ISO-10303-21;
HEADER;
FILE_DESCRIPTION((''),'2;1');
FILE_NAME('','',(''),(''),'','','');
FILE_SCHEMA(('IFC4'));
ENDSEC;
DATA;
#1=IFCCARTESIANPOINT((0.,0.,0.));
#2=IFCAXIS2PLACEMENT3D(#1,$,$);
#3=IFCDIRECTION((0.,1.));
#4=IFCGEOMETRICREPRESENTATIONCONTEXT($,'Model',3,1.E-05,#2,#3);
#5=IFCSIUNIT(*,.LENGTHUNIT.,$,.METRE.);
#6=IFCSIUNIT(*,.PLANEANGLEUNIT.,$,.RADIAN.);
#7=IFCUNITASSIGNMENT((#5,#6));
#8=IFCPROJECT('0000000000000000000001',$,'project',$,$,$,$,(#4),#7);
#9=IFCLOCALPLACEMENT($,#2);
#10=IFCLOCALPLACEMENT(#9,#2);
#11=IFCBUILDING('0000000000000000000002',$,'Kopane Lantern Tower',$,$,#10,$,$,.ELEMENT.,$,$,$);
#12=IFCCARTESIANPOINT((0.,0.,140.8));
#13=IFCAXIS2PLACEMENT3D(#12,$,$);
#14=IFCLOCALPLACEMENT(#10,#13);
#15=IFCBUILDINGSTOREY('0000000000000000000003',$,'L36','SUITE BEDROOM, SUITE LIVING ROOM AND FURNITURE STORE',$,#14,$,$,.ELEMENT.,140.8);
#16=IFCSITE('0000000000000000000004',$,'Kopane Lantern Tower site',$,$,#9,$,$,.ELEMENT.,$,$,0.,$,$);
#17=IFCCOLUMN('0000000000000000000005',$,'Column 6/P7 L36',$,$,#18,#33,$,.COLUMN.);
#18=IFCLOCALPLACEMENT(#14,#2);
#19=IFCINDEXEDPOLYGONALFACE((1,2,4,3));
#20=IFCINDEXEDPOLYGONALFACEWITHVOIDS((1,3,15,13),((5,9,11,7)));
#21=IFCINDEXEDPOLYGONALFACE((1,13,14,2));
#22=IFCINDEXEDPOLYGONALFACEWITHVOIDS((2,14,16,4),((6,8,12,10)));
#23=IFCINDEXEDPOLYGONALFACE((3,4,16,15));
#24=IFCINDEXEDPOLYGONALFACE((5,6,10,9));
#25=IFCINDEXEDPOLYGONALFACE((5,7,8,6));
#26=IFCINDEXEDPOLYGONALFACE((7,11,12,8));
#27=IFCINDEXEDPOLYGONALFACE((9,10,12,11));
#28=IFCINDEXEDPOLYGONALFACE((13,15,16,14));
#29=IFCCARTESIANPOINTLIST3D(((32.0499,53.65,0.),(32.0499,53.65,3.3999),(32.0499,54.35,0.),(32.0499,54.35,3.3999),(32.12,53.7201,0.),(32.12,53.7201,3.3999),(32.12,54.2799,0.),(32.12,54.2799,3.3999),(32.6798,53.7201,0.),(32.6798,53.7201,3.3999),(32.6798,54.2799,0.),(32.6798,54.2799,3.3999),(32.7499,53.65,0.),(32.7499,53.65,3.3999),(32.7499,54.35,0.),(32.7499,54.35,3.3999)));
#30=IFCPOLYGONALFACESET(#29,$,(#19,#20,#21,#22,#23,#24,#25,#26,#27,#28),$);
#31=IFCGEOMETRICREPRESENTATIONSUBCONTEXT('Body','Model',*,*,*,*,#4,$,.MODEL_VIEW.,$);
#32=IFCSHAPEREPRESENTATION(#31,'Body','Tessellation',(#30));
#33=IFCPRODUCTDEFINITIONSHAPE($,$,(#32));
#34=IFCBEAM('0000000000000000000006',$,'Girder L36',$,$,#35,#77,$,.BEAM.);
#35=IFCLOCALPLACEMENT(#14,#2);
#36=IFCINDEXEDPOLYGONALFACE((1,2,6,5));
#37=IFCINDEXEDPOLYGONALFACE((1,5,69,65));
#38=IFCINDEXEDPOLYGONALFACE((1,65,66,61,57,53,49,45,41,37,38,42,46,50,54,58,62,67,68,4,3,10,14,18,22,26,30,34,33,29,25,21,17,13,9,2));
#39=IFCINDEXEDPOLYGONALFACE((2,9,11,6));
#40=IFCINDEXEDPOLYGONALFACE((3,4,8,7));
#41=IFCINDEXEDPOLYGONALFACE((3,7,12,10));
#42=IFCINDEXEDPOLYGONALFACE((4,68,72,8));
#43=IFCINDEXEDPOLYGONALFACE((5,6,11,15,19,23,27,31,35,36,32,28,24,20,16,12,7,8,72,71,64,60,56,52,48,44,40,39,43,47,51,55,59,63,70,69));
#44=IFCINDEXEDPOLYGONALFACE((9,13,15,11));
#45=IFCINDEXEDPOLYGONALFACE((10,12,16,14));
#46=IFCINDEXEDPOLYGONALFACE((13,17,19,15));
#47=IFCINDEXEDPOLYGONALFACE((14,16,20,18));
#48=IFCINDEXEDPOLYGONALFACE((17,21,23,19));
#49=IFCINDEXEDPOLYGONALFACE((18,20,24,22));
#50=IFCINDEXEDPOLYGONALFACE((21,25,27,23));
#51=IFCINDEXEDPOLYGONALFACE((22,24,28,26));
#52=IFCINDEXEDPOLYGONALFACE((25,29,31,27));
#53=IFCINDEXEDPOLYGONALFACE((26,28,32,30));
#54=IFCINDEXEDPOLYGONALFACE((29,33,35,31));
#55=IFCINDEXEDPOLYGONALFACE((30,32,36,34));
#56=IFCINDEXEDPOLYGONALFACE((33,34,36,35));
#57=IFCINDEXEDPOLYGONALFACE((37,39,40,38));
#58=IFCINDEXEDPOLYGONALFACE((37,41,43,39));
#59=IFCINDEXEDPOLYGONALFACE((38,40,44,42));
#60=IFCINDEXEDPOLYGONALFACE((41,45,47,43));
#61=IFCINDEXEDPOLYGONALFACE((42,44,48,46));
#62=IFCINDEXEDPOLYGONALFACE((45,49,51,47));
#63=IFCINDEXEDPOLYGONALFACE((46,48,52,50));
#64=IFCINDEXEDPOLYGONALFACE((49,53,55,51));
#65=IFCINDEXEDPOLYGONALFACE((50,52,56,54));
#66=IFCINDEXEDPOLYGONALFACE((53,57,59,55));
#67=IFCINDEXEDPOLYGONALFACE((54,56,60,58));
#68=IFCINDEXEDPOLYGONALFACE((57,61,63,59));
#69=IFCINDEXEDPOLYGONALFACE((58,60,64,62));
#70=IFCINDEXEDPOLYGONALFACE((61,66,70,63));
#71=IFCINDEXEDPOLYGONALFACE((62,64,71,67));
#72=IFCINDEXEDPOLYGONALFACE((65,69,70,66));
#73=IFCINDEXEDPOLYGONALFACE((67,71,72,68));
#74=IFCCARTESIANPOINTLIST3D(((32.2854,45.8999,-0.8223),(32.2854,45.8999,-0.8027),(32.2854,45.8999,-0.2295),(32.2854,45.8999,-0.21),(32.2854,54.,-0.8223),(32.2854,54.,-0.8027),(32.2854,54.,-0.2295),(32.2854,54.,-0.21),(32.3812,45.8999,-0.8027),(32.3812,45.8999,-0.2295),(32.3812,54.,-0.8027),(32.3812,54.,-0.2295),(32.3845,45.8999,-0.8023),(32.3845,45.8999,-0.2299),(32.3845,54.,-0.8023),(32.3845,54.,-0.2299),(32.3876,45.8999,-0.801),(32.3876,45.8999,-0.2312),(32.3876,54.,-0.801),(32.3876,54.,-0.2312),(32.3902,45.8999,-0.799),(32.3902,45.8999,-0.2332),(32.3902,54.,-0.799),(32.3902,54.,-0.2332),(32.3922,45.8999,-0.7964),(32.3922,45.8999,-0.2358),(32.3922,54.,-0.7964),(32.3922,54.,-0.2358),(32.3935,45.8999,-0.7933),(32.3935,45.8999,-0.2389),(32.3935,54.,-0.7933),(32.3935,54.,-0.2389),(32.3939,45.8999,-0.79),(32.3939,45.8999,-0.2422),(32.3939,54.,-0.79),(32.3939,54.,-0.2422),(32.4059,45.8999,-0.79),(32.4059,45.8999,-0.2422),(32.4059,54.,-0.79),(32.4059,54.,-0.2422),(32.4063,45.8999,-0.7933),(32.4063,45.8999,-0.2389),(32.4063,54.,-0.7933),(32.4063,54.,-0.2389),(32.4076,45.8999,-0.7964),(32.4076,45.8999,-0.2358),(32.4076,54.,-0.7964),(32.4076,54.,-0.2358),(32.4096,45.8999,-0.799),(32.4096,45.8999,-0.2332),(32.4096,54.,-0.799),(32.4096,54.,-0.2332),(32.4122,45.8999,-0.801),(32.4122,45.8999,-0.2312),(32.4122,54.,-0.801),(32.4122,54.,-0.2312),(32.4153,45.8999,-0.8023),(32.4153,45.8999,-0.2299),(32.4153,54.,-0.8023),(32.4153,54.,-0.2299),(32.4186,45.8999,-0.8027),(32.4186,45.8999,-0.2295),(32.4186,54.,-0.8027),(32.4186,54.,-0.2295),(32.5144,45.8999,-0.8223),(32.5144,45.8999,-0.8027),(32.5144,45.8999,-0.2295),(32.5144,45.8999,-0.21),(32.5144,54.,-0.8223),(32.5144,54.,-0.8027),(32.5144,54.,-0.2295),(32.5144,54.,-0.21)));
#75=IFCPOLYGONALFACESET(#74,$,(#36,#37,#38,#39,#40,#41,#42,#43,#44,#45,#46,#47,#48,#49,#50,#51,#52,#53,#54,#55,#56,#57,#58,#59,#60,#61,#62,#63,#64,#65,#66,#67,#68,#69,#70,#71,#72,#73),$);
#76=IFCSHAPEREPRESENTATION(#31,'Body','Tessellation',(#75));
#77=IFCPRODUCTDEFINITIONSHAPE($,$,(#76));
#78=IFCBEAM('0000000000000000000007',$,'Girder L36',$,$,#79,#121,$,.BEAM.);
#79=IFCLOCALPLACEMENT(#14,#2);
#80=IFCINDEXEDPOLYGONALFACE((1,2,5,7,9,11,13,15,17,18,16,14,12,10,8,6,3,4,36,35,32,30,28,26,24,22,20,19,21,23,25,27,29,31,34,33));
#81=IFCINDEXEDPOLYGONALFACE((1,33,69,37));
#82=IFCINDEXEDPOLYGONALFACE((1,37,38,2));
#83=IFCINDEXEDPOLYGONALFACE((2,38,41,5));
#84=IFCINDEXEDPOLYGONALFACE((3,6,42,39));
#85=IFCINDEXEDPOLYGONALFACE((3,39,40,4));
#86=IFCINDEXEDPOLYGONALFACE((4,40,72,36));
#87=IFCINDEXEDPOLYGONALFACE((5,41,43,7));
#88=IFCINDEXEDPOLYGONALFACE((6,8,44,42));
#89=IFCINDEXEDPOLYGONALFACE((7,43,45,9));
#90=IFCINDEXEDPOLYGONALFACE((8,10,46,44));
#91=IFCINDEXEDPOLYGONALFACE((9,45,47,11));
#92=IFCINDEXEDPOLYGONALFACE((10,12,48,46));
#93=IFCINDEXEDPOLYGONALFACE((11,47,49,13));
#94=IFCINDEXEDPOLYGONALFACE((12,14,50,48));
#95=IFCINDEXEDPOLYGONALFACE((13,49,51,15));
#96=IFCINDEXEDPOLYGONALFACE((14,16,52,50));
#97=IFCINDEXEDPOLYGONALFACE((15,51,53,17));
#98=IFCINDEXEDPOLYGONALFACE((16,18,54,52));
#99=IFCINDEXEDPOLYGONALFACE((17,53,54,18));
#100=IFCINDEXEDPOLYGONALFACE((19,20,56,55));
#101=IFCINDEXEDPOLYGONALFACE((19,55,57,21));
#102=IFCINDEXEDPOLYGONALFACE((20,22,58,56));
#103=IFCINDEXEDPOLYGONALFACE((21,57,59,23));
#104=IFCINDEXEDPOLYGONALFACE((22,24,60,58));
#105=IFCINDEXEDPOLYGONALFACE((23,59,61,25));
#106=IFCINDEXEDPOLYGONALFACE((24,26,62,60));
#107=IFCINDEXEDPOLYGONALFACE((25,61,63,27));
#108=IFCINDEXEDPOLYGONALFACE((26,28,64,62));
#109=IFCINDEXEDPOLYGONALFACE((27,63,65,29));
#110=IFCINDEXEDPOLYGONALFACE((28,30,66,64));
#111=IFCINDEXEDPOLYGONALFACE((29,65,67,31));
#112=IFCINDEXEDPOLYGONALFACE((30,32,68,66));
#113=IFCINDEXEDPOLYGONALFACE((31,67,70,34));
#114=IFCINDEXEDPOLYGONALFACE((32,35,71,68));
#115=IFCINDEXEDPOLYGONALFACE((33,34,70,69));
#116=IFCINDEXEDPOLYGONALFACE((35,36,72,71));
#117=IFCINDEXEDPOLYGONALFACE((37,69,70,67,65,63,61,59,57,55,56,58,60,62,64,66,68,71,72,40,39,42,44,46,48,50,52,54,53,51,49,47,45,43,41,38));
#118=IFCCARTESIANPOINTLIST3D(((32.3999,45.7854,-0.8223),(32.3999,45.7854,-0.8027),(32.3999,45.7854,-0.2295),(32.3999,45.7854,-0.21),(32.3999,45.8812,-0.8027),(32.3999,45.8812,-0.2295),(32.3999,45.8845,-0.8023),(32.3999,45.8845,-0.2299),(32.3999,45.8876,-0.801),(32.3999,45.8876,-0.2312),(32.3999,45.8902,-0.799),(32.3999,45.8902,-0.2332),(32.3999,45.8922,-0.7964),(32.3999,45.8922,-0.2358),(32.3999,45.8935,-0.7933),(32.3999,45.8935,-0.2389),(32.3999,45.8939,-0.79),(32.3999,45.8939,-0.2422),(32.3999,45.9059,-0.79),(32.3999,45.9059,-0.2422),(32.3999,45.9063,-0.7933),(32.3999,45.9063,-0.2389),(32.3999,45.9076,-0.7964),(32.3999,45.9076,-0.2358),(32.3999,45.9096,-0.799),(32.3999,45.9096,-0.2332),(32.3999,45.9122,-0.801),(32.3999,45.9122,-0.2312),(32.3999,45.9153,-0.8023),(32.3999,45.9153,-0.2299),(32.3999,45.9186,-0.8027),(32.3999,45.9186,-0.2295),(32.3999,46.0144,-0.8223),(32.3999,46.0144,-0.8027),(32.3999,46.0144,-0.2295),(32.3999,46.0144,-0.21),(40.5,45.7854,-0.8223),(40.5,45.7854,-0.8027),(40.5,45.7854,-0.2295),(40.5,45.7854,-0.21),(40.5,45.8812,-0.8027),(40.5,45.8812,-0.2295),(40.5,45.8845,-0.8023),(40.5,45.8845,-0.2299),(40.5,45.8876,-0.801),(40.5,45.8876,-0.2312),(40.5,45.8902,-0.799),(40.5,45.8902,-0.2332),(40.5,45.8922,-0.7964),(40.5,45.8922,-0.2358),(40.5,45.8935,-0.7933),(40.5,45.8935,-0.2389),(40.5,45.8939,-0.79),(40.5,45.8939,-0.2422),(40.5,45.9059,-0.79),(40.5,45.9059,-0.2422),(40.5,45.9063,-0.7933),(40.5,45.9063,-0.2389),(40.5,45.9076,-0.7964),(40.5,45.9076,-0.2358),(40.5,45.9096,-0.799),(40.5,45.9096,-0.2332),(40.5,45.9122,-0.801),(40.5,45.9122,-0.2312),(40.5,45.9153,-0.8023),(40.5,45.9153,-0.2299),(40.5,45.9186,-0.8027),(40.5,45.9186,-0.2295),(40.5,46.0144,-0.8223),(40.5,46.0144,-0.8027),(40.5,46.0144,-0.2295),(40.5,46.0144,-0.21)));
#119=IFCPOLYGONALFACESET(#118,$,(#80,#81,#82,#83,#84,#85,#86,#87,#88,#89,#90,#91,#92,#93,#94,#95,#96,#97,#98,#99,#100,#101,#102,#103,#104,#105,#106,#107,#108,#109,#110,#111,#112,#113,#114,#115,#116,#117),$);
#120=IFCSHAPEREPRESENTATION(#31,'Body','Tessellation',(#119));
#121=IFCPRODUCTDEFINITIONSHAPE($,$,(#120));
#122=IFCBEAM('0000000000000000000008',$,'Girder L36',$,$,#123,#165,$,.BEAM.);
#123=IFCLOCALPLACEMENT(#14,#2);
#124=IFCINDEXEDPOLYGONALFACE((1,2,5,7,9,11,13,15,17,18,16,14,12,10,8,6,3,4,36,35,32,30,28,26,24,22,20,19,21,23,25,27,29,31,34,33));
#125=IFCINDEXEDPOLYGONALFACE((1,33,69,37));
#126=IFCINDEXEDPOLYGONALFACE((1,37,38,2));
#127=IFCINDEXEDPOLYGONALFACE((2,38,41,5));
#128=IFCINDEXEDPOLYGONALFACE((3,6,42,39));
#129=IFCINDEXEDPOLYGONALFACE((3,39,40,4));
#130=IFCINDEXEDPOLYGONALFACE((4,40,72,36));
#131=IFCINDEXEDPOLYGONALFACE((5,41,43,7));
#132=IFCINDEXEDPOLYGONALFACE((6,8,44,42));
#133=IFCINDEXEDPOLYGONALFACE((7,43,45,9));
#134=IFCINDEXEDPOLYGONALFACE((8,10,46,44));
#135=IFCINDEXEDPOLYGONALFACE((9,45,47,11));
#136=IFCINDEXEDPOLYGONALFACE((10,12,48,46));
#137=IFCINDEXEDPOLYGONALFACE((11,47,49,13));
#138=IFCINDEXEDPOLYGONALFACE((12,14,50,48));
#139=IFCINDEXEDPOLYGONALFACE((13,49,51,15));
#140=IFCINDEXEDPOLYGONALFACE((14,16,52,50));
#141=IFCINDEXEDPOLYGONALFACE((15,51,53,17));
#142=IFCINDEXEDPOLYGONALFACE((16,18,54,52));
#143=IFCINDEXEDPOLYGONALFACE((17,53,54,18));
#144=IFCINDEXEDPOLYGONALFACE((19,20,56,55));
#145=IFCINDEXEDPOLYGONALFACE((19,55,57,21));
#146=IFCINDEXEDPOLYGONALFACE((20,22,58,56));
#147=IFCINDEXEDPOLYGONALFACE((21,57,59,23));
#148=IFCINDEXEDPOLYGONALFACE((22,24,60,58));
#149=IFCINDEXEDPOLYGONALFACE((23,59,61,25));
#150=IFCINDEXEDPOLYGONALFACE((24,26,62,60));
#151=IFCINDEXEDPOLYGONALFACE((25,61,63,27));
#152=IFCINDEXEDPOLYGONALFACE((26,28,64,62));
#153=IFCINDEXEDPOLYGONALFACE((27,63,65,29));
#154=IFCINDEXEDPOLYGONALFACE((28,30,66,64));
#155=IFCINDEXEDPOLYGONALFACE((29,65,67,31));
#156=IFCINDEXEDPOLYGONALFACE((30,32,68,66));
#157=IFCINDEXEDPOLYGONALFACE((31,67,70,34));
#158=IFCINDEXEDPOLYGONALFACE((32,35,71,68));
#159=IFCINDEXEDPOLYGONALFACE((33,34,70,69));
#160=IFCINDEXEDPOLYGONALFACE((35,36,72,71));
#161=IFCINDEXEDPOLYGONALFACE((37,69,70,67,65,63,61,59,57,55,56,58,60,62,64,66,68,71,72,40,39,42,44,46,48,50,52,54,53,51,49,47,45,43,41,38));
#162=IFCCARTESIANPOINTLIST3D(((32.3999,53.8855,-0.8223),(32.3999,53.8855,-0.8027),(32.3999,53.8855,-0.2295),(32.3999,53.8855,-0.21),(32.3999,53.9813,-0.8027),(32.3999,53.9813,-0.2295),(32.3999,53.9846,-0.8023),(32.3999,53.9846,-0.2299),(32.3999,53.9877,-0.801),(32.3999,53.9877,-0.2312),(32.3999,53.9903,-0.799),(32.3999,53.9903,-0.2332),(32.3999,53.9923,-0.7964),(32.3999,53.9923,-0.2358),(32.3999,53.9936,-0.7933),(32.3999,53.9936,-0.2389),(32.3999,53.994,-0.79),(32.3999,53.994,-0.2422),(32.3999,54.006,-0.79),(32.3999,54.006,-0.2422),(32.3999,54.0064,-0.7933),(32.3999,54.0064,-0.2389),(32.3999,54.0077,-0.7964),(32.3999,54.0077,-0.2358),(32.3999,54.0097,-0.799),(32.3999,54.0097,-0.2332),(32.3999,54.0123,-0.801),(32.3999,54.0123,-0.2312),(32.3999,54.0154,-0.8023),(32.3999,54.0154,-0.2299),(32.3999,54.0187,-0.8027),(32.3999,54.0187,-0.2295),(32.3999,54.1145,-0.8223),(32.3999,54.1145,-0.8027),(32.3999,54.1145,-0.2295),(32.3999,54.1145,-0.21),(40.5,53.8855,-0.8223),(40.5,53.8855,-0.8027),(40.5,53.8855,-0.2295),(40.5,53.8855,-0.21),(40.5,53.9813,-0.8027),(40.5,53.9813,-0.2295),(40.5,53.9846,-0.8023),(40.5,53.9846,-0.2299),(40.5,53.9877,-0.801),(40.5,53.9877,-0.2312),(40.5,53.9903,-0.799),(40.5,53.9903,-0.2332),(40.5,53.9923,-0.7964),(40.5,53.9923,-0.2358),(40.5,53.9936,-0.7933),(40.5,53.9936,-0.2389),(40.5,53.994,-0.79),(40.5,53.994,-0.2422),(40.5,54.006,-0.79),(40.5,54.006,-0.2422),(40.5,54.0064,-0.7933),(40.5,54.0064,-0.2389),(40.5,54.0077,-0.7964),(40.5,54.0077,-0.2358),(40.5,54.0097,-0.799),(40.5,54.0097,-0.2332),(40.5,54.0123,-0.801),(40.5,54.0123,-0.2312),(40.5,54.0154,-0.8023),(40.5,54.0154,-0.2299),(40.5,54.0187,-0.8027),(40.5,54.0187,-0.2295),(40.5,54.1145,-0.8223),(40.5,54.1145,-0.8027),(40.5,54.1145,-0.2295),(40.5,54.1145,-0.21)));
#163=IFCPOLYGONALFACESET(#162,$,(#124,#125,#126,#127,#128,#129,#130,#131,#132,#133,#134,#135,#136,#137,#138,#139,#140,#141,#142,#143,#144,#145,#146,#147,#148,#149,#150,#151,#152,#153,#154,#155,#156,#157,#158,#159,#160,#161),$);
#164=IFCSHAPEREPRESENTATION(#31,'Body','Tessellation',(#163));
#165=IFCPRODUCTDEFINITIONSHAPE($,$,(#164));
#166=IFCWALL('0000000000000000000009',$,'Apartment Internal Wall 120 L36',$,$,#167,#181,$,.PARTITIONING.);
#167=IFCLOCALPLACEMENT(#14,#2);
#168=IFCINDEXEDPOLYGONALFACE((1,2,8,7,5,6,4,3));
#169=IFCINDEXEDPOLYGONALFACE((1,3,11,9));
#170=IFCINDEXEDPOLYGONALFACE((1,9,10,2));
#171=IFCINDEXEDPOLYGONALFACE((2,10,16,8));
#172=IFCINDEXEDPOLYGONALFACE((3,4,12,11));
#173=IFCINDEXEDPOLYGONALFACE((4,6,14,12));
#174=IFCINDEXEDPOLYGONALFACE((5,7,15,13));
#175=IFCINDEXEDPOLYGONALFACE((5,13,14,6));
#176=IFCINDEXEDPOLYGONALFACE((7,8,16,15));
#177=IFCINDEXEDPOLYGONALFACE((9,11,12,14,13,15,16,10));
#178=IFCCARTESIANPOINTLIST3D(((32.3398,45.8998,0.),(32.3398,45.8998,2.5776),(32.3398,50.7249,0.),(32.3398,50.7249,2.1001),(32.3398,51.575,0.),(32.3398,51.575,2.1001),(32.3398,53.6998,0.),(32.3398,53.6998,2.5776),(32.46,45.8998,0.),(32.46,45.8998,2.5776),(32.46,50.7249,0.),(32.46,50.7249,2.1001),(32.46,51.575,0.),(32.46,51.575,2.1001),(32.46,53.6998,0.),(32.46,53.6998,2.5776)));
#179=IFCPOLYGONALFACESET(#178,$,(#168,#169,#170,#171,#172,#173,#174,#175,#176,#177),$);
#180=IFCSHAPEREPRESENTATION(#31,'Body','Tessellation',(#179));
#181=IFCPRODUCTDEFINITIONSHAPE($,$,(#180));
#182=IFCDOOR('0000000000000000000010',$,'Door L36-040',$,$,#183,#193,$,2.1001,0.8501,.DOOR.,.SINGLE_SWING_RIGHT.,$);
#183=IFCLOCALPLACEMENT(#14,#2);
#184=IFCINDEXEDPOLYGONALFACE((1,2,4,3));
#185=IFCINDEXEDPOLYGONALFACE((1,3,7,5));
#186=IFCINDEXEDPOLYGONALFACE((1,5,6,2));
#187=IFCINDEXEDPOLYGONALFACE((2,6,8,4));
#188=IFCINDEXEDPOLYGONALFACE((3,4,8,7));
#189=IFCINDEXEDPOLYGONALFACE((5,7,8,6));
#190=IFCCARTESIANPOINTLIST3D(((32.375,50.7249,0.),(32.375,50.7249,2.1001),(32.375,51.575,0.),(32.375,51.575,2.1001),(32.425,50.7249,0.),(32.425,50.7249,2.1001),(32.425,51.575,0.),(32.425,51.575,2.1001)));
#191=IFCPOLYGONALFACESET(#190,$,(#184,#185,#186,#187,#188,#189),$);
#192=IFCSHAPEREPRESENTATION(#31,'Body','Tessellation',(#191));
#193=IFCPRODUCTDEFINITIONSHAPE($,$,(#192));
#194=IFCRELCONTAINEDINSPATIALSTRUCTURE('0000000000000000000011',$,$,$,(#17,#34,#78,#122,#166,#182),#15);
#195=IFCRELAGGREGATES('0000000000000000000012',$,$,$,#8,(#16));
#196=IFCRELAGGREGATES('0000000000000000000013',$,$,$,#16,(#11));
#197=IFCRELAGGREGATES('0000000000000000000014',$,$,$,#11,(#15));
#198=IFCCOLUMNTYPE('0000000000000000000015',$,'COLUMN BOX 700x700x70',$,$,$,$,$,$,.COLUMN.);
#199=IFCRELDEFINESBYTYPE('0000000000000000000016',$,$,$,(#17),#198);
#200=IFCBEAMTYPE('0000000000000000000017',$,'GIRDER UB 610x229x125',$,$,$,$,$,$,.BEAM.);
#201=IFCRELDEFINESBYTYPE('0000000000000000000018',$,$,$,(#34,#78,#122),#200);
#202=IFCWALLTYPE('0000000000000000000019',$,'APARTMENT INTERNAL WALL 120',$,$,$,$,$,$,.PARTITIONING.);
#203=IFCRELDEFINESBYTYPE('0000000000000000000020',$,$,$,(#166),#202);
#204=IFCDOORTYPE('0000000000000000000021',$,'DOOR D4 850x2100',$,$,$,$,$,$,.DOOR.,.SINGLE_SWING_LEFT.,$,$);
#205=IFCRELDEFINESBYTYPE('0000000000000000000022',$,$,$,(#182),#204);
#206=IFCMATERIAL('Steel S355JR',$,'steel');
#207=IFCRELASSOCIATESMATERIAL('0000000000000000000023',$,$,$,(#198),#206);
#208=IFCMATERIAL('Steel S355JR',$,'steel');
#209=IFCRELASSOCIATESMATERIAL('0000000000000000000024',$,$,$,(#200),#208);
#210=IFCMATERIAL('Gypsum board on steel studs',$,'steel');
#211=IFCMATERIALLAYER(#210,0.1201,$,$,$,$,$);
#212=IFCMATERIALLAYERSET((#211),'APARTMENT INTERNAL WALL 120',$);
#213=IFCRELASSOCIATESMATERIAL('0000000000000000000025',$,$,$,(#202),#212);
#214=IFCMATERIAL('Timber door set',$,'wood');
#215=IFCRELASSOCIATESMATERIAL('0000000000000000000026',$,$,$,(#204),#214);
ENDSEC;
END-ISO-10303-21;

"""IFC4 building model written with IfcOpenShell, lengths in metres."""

from ifc_helpers import new_model, si_unit, direction, frame, frame_2d, origin, origin_2d, place, context, subcontext, project, spatial, rectangle, hollow_rectangle, i_section, extrude, material, layer, layer_set, material_profile, profile_set, type_object, element, fill, save


model = new_model("IFC4")

# Units and contexts
model_context = context("Model", 3, precision=1e-05, world=origin(), true_north=direction((0.0, 1.0)))
body_context = subcontext(model_context, "Body", "Model", "MODEL_VIEW")
ifc_project = project(units=[si_unit("LENGTHUNIT", "METRE"), si_unit("PLANEANGLEUNIT", "RADIAN")], contexts=[model_context])

# Site, building, storey
site_placement = place(None, origin())
site = spatial("IfcSite", under=ifc_project, at=site_placement, Name="Kopane Lantern Tower site", CompositionType="ELEMENT", RefElevation=0.0)
building_placement = place(site_placement, origin())
building = spatial("IfcBuilding", under=site, at=building_placement, Name="Kopane Lantern Tower", CompositionType="ELEMENT")
storey_placement = place(building_placement, frame((0.0, 0.0, 140.8)))
storey = spatial("IfcBuildingStorey", under=building, at=storey_placement, Name="L36", Description="SUITE BEDROOM, SUITE LIVING ROOM AND FURNITURE STORE", CompositionType="ELEMENT", Elevation=140.8)

# Column
ifc_material_1 = material(Name="Steel S355JR", Category="steel")
ifc_material_profile_1 = material_profile(ifc_material_1, hollow_rectangle(XDim=0.7, YDim=0.7, WallThickness=0.0701, at=origin_2d()), Name="BOX 700x700x70")
ifc_profile_set_1 = profile_set([ifc_material_profile_1], Name="Steel S355JR")
column_type = type_object("IfcColumnType", Name="COLUMN BOX 700x700x70", PredefinedType="COLUMN", material=ifc_profile_set_1)
column_placement = place(storey_placement, frame((32.3999, 54.0, 0.0), z_axis=(0.0, 0.0, 1.0), x_axis=(1.0, 0.0, 0.0)))
element("IfcColumn", 1, at=column_placement, inside=storey, type_object=column_type, Name="Column 6/P7 L36", PredefinedType="COLUMN", context=body_context, shape_type="SweptSolid", body=[
    extrude(hollow_rectangle(XDim=0.7, YDim=0.7, WallThickness=0.0701, at=origin_2d()), origin(), (0.0, 0.0, 1.0), 3.3999),
])

# Beams
ifc_material_2 = material(Name="Steel S355JR", Category="steel")
ifc_material_profile_2 = material_profile(ifc_material_2, i_section(OverallWidth=0.229, OverallDepth=0.6123, WebThickness=0.012, FlangeThickness=0.0195, FilletRadius=0.0127, at=origin_2d()), Name="UB 610x229x125")
ifc_profile_set_2 = profile_set([ifc_material_profile_2], Name="Steel S355JR")
beam_type = type_object("IfcBeamType", Name="GIRDER UB 610x229x125", PredefinedType="BEAM", material=ifc_profile_set_2)
for number, where, z_axis, x_axis, name in (
    (2, (32.3999, 45.8999, -0.5161), (0.0, 1.0, 0.0), (-1.0, 0.0, 0.0), "Girder L36"),
    (3, (32.3999, 45.8999, -0.5161), (1.0, 0.0, 0.0), (0.0, 1.0, 0.0), "Girder L36"),
    (4, (32.3999, 54.0, -0.5161), (1.0, 0.0, 0.0), (0.0, 1.0, 0.0), "Girder L36"),
):
    element("IfcBeam", number, at=place(storey_placement, frame(where, z_axis=z_axis, x_axis=x_axis)), inside=storey, type_object=beam_type, Name=name, PredefinedType="BEAM", context=body_context, shape_type="SweptSolid", body=[
        extrude(i_section(OverallWidth=0.229, OverallDepth=0.6123, WebThickness=0.012, FlangeThickness=0.0195, FilletRadius=0.0127, at=origin_2d()), origin(), (0.0, 0.0, 1.0), 8.1001),
    ])

# Wall, opening, door
ifc_material_3 = material(Name="Gypsum board on steel studs", Category="steel")
ifc_layer_1 = layer(ifc_material_3, 0.1201)
ifc_layer_set_1 = layer_set([ifc_layer_1], Name="APARTMENT INTERNAL WALL 120")
wall_type_1 = type_object("IfcWallType", Name="APARTMENT INTERNAL WALL 120", PredefinedType="PARTITIONING", material=ifc_layer_set_1)
wall_1_placement = place(storey_placement, frame((32.3999, 45.8999, 0.0), z_axis=(0.0, 0.0, 1.0), x_axis=(0.0, 1.0, 0.0)))
wall_1 = element("IfcWall", 5, at=wall_1_placement, inside=storey, type_object=wall_type_1, Name="Apartment Internal Wall 120 L36", PredefinedType="PARTITIONING", context=body_context, shape_type="SweptSolid", body=[
    extrude(rectangle(XDim=7.8, YDim=0.1201, at=frame_2d((3.8999, 0.0))), origin(), (0.0, 0.0, 1.0), 2.5776),
])
opening_1_placement = place(wall_1_placement, frame((4.825, 0.0, 0.0)))
opening_1 = element("IfcOpeningElement", 6, at=opening_1_placement, cuts=wall_1, PredefinedType="OPENING", context=body_context, shape_type="SweptSolid", body=[
    extrude(rectangle(XDim=0.8501, YDim=2.1001, at=frame_2d((0.425, 1.05))), frame((0.0, 0.0701, 0.0), z_axis=(0.0, -1.0, 0.0), x_axis=(1.0, 0.0, 0.0)), (0.0, 0.0, 1.0), 0.1401),
])
ifc_material_4 = material(Name="Timber door set", Category="wood")
door_type_1 = type_object("IfcDoorType", Name="DOOR D4 850x2100", OperationType="SINGLE_SWING_LEFT", PredefinedType="DOOR", material=ifc_material_4)
door_1_placement = place(opening_1_placement, origin())
door_1 = element("IfcDoor", 7, at=door_1_placement, inside=storey, type_object=door_type_1, Name="Door L36-040", OperationType="SINGLE_SWING_RIGHT", OverallHeight=2.1001, OverallWidth=0.8501, PredefinedType="DOOR", context=body_context, shape_type="SweptSolid", body=[
    extrude(rectangle(XDim=0.8501, YDim=2.1001, at=frame_2d((0.425, 1.05))), frame((0.0, 0.0249, 0.0), z_axis=(0.0, -1.0, 0.0), x_axis=(1.0, 0.0, 0.0)), (0.0, 0.0, 1.0), 0.05),
])
fill(opening_1, door_1)

save(model, "model.ifc")
